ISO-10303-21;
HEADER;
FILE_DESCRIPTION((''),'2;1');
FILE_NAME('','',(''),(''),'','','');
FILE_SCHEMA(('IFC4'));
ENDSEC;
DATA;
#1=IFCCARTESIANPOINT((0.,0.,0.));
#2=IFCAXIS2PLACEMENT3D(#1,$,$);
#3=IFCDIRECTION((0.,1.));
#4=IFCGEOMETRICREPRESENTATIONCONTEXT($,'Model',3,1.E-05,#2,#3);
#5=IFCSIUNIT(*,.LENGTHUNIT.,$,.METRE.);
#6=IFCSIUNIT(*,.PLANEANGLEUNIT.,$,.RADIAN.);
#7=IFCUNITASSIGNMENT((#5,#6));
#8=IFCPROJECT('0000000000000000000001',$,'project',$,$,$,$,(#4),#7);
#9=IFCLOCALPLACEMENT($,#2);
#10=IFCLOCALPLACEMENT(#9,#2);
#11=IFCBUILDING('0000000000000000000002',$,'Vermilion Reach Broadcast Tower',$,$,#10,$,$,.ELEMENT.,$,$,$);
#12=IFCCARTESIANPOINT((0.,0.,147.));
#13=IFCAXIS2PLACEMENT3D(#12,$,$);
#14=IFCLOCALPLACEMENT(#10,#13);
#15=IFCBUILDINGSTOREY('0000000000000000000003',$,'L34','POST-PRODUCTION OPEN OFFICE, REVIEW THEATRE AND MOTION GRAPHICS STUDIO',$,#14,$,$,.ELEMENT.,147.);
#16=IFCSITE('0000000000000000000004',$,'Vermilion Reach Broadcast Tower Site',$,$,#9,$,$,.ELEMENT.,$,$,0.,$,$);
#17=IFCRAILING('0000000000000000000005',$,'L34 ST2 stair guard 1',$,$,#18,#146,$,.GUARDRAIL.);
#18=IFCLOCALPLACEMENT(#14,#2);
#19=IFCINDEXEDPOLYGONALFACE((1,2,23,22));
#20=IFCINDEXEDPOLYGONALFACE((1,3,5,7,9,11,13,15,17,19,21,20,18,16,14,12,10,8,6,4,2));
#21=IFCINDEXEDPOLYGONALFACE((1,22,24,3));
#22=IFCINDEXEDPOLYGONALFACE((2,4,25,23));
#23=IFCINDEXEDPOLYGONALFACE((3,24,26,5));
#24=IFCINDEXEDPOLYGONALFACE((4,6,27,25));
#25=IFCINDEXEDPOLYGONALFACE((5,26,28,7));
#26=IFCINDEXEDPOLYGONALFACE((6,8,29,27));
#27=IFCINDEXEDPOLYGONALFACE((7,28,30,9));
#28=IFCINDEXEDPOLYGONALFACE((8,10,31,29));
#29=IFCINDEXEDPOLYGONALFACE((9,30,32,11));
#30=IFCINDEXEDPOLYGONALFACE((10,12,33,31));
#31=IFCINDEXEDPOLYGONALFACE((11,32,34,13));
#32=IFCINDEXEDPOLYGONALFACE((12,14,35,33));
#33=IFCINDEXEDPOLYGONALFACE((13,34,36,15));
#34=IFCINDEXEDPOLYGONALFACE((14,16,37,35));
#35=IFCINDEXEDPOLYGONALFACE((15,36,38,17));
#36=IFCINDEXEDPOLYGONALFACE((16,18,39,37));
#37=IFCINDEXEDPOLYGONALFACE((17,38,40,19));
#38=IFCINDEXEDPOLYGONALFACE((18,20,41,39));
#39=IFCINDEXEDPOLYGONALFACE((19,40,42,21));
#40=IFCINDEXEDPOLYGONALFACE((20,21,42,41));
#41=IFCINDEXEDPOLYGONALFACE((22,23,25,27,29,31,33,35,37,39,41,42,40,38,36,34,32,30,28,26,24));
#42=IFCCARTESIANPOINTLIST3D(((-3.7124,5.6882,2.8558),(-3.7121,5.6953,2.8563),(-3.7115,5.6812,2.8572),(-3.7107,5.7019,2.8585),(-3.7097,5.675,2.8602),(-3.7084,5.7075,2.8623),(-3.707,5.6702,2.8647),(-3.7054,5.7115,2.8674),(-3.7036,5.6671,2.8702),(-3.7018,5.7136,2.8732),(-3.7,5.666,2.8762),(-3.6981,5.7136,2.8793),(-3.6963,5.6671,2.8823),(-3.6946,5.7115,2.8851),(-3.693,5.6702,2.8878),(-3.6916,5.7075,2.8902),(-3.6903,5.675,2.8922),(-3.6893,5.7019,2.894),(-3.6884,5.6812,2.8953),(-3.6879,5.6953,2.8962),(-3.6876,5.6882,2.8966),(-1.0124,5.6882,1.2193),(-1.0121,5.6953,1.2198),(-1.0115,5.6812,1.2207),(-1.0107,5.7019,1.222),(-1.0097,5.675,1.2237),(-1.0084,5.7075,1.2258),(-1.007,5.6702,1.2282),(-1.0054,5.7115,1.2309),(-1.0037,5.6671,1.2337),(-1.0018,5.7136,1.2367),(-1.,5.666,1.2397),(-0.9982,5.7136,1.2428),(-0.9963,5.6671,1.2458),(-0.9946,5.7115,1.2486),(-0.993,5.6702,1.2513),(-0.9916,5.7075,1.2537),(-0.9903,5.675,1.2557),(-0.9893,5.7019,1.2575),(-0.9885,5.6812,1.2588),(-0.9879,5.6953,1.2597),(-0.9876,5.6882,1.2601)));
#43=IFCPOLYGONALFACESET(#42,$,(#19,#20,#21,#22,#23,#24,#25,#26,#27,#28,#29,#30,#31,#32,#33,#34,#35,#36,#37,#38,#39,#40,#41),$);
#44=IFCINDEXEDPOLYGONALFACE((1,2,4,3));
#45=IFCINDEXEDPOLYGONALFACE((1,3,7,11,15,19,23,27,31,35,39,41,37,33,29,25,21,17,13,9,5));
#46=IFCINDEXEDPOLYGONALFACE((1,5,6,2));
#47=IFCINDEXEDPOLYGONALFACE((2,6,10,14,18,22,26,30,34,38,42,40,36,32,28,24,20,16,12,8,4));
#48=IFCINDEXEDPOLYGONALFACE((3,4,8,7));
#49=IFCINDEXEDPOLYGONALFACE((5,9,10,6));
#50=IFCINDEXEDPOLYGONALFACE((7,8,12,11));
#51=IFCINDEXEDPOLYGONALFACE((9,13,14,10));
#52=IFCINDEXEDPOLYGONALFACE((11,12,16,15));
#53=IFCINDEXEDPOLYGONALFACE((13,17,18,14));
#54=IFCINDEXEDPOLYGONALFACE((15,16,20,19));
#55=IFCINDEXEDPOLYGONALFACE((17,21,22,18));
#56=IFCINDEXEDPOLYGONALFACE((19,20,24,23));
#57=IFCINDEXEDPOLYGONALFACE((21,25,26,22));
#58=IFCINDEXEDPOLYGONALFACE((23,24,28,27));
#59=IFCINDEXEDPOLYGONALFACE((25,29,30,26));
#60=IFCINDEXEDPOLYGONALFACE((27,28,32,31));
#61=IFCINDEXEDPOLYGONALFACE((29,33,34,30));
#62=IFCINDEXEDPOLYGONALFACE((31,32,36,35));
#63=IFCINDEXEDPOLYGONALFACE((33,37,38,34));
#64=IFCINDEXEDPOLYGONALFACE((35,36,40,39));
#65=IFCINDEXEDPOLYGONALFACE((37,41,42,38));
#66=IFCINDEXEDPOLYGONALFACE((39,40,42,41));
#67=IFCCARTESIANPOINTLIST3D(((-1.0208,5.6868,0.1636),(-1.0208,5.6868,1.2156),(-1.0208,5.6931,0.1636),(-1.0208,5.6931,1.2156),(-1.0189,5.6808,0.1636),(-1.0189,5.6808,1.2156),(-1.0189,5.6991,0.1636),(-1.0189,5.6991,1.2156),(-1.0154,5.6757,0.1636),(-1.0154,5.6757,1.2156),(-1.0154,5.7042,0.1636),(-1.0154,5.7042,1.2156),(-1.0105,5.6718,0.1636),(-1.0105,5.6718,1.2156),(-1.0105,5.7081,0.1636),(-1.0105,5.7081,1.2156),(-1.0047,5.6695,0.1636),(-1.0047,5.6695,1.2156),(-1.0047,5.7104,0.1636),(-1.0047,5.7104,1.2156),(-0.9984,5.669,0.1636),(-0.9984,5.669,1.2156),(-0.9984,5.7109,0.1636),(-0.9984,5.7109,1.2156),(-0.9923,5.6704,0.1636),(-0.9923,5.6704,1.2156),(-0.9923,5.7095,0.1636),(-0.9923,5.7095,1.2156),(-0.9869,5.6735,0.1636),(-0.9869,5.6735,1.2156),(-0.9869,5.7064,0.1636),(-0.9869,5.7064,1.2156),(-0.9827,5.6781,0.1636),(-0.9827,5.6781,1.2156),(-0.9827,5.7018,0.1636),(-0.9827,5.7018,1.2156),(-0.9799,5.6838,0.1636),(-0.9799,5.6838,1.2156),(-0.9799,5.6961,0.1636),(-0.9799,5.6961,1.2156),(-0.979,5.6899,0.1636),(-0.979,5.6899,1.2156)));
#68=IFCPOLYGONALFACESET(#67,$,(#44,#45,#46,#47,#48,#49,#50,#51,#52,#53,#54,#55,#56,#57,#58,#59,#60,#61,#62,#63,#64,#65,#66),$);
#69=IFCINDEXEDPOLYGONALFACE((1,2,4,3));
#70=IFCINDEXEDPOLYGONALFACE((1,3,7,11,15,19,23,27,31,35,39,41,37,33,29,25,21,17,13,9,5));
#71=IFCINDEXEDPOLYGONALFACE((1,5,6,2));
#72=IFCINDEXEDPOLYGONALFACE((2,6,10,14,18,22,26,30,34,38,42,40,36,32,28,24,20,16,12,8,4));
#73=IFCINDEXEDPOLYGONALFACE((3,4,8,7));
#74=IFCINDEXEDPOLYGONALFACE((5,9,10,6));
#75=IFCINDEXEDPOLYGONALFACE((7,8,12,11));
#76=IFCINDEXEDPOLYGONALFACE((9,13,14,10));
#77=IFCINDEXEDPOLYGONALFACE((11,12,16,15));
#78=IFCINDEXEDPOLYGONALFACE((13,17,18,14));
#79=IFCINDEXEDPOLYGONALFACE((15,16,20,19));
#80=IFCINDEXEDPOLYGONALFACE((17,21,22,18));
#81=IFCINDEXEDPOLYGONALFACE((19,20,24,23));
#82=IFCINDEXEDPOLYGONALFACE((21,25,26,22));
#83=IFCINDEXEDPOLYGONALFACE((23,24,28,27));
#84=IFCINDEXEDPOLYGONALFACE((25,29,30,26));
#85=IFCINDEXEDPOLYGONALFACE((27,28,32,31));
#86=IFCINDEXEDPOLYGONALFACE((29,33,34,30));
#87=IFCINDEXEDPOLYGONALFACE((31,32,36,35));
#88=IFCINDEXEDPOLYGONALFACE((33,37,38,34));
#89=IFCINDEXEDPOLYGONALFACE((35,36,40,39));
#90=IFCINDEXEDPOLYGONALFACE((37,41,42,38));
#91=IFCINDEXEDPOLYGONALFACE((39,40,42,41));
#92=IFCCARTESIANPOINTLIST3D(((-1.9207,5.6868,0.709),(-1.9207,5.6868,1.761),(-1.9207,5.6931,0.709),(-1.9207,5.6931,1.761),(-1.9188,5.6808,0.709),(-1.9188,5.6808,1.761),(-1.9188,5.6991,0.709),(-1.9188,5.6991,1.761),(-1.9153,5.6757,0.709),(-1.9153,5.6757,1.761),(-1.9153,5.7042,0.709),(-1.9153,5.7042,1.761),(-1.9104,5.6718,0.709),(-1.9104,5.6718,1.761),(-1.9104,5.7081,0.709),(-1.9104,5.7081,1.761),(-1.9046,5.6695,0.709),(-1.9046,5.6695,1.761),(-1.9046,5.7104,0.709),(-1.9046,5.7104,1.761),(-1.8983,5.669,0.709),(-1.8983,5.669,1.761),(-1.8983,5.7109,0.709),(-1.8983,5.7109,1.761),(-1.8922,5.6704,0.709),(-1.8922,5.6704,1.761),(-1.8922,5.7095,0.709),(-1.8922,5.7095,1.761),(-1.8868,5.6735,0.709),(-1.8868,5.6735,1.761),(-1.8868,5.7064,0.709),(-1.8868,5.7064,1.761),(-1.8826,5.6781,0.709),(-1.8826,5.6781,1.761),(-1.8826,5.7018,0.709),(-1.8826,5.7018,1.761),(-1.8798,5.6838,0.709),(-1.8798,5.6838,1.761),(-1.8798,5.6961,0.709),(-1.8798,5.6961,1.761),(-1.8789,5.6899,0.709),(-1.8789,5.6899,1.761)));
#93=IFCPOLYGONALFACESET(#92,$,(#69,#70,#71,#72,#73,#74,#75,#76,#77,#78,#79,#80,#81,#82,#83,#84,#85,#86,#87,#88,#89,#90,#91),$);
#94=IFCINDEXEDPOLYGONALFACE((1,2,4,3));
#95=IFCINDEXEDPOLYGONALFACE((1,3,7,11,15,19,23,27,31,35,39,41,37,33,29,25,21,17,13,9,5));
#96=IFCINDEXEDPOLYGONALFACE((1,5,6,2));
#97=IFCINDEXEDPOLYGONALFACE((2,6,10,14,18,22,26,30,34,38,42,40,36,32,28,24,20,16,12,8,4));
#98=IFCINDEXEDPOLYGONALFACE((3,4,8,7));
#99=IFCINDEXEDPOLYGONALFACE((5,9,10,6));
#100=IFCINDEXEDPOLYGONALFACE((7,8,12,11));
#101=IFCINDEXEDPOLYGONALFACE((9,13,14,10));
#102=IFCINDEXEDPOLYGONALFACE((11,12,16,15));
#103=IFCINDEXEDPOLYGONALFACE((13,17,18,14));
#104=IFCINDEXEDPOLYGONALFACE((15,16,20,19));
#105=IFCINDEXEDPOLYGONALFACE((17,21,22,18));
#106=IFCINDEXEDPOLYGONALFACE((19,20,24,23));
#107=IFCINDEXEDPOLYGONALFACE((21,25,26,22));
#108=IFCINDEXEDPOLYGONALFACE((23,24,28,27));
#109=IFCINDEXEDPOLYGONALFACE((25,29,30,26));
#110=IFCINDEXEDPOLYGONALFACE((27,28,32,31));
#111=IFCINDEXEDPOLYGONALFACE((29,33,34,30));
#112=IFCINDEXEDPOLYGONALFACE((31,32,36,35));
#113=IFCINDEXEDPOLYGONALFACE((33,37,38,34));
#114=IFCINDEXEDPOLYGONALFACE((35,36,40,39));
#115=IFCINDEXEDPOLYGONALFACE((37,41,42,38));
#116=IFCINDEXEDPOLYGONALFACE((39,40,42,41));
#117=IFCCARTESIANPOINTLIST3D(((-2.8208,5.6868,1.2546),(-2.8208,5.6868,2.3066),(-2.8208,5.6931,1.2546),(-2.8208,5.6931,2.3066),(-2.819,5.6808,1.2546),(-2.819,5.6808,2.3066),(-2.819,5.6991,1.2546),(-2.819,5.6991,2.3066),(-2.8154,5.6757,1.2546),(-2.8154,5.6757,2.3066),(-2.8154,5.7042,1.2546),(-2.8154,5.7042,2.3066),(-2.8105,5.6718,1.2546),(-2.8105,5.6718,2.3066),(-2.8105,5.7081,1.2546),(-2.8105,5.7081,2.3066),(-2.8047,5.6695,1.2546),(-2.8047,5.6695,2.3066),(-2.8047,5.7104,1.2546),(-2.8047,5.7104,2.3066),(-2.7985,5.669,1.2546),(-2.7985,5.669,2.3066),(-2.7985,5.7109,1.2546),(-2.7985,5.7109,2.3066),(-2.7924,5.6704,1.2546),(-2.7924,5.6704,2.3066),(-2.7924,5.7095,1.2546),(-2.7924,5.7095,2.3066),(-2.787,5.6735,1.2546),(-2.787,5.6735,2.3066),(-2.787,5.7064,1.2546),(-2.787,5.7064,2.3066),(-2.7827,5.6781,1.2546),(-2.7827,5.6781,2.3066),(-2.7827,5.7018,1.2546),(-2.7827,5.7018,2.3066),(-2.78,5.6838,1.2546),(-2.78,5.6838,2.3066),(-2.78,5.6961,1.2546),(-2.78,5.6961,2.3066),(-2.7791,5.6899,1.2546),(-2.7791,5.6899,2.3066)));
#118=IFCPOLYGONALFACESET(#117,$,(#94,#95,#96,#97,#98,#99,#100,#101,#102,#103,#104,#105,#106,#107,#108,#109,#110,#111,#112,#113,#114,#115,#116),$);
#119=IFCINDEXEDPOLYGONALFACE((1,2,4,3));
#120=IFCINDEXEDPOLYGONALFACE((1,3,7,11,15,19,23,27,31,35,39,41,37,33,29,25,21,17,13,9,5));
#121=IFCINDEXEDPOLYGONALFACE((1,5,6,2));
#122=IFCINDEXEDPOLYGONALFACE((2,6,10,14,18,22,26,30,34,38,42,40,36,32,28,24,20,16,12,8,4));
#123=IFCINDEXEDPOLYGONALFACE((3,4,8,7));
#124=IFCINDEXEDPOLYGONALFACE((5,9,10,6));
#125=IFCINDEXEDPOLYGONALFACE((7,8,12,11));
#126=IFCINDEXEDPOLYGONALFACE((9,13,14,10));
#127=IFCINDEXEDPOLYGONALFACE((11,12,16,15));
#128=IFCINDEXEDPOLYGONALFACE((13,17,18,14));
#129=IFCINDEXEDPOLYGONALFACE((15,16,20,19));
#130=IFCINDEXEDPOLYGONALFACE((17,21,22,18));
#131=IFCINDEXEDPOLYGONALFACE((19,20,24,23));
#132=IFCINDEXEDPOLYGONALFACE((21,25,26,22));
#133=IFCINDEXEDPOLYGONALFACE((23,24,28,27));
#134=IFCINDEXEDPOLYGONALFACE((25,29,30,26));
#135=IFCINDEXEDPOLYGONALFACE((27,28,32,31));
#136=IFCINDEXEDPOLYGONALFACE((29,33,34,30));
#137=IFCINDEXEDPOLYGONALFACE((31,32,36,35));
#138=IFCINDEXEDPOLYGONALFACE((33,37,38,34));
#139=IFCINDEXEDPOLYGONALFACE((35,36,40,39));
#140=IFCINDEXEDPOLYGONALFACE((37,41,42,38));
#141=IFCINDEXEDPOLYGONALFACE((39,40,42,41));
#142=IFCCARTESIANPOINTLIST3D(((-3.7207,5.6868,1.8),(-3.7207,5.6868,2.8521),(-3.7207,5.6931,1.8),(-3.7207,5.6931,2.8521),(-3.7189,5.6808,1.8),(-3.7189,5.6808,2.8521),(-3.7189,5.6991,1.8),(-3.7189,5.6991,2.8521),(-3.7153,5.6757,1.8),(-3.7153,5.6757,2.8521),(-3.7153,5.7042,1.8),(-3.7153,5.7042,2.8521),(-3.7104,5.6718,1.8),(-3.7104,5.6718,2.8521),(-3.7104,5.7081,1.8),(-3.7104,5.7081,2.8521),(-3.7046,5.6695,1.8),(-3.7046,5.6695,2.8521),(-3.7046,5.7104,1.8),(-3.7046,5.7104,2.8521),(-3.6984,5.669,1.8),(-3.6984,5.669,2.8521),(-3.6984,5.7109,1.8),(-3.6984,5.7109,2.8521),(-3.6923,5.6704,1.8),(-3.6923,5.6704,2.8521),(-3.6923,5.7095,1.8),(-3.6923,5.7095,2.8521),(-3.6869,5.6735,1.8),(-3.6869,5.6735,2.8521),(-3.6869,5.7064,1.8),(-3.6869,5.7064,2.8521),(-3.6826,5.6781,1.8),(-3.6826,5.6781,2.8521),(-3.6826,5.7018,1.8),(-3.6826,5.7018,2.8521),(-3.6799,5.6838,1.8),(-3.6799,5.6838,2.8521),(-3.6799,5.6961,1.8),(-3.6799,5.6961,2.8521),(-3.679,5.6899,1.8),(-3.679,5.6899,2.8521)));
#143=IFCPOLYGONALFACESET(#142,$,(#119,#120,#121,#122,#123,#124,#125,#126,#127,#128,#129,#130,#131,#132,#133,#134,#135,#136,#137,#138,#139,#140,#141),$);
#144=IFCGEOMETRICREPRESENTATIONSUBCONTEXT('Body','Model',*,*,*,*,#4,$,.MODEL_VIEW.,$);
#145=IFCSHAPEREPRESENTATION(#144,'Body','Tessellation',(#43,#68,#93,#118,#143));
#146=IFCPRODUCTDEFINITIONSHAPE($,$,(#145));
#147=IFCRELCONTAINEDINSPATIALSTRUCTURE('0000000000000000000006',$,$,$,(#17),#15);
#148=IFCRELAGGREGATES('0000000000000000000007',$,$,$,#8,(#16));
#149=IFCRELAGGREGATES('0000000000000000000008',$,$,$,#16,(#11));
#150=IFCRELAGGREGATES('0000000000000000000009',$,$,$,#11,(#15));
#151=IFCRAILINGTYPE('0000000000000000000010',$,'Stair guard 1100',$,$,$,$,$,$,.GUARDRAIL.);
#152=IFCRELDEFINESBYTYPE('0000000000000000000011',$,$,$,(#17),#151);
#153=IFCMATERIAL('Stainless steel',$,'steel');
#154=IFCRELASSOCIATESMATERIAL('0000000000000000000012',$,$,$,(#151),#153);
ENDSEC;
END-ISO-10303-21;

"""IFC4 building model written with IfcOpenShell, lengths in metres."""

from ifc_helpers import new_model, si_unit, direction, frame, origin, origin_2d, place, context, subcontext, project, spatial, circle, extrude, material, type_object, element, save


model = new_model("IFC4")

# Units and contexts
model_context = context("Model", 3, precision=1e-05, world=origin(), true_north=direction((0.0, 1.0)))
body_context = subcontext(model_context, "Body", "Model", "MODEL_VIEW")
ifc_project = project(units=[si_unit("LENGTHUNIT", "METRE"), si_unit("PLANEANGLEUNIT", "RADIAN")], contexts=[model_context])

# Site, building, storey
site_placement = place(None, origin())
site = spatial("IfcSite", under=ifc_project, at=site_placement, Name="Vermilion Reach Broadcast Tower Site", CompositionType="ELEMENT", RefElevation=0.0)
building_placement = place(site_placement, origin())
building = spatial("IfcBuilding", under=site, at=building_placement, Name="Vermilion Reach Broadcast Tower", CompositionType="ELEMENT")
storey_placement = place(building_placement, frame((0.0, 0.0, 147.0)))
storey = spatial("IfcBuildingStorey", under=building, at=storey_placement, Name="L34", Description="POST-PRODUCTION OPEN OFFICE, REVIEW THEATRE AND MOTION GRAPHICS STUDIO", CompositionType="ELEMENT", Elevation=147.0)

# Railing
ifc_material_1 = material(Name="Stainless steel", Category="steel")
railing_type_1 = type_object("IfcRailingType", Name="Stair guard 1100", PredefinedType="GUARDRAIL", material=ifc_material_1)
railing_1_placement = place(storey_placement, frame((-1.0, 5.6899, 0.1636)))
element("IfcRailing", 1, at=railing_1_placement, inside=storey, type_object=railing_type_1, Name="L34 ST2 stair guard 1", PredefinedType="GUARDRAIL", context=body_context, shape_type="SweptSolid", body=[
    extrude(circle(Radius=0.0239, at=origin_2d()), frame((0.0, 0.0, 1.0762), z_axis=(-0.855178, 0.0, 0.518334), x_axis=(0.0, -1.0, 0.0)), (0.0, 0.0, 1.0), 3.1572),
    extrude(circle(Radius=0.021, at=origin_2d()), origin(), (0.0, 0.0, 1.0), 1.052),
    extrude(circle(Radius=0.021, at=origin_2d()), frame((-0.8999, 0.0, 0.5454)), (0.0, 0.0, 1.0), 1.052),
    extrude(circle(Radius=0.021, at=origin_2d()), frame((-1.8, 0.0, 1.0911)), (0.0, 0.0, 1.0), 1.052),
    extrude(circle(Radius=0.021, at=origin_2d()), frame((-2.7, 0.0, 1.6365)), (0.0, 0.0, 1.0), 1.052),
])

save(model, "model.ifc")
